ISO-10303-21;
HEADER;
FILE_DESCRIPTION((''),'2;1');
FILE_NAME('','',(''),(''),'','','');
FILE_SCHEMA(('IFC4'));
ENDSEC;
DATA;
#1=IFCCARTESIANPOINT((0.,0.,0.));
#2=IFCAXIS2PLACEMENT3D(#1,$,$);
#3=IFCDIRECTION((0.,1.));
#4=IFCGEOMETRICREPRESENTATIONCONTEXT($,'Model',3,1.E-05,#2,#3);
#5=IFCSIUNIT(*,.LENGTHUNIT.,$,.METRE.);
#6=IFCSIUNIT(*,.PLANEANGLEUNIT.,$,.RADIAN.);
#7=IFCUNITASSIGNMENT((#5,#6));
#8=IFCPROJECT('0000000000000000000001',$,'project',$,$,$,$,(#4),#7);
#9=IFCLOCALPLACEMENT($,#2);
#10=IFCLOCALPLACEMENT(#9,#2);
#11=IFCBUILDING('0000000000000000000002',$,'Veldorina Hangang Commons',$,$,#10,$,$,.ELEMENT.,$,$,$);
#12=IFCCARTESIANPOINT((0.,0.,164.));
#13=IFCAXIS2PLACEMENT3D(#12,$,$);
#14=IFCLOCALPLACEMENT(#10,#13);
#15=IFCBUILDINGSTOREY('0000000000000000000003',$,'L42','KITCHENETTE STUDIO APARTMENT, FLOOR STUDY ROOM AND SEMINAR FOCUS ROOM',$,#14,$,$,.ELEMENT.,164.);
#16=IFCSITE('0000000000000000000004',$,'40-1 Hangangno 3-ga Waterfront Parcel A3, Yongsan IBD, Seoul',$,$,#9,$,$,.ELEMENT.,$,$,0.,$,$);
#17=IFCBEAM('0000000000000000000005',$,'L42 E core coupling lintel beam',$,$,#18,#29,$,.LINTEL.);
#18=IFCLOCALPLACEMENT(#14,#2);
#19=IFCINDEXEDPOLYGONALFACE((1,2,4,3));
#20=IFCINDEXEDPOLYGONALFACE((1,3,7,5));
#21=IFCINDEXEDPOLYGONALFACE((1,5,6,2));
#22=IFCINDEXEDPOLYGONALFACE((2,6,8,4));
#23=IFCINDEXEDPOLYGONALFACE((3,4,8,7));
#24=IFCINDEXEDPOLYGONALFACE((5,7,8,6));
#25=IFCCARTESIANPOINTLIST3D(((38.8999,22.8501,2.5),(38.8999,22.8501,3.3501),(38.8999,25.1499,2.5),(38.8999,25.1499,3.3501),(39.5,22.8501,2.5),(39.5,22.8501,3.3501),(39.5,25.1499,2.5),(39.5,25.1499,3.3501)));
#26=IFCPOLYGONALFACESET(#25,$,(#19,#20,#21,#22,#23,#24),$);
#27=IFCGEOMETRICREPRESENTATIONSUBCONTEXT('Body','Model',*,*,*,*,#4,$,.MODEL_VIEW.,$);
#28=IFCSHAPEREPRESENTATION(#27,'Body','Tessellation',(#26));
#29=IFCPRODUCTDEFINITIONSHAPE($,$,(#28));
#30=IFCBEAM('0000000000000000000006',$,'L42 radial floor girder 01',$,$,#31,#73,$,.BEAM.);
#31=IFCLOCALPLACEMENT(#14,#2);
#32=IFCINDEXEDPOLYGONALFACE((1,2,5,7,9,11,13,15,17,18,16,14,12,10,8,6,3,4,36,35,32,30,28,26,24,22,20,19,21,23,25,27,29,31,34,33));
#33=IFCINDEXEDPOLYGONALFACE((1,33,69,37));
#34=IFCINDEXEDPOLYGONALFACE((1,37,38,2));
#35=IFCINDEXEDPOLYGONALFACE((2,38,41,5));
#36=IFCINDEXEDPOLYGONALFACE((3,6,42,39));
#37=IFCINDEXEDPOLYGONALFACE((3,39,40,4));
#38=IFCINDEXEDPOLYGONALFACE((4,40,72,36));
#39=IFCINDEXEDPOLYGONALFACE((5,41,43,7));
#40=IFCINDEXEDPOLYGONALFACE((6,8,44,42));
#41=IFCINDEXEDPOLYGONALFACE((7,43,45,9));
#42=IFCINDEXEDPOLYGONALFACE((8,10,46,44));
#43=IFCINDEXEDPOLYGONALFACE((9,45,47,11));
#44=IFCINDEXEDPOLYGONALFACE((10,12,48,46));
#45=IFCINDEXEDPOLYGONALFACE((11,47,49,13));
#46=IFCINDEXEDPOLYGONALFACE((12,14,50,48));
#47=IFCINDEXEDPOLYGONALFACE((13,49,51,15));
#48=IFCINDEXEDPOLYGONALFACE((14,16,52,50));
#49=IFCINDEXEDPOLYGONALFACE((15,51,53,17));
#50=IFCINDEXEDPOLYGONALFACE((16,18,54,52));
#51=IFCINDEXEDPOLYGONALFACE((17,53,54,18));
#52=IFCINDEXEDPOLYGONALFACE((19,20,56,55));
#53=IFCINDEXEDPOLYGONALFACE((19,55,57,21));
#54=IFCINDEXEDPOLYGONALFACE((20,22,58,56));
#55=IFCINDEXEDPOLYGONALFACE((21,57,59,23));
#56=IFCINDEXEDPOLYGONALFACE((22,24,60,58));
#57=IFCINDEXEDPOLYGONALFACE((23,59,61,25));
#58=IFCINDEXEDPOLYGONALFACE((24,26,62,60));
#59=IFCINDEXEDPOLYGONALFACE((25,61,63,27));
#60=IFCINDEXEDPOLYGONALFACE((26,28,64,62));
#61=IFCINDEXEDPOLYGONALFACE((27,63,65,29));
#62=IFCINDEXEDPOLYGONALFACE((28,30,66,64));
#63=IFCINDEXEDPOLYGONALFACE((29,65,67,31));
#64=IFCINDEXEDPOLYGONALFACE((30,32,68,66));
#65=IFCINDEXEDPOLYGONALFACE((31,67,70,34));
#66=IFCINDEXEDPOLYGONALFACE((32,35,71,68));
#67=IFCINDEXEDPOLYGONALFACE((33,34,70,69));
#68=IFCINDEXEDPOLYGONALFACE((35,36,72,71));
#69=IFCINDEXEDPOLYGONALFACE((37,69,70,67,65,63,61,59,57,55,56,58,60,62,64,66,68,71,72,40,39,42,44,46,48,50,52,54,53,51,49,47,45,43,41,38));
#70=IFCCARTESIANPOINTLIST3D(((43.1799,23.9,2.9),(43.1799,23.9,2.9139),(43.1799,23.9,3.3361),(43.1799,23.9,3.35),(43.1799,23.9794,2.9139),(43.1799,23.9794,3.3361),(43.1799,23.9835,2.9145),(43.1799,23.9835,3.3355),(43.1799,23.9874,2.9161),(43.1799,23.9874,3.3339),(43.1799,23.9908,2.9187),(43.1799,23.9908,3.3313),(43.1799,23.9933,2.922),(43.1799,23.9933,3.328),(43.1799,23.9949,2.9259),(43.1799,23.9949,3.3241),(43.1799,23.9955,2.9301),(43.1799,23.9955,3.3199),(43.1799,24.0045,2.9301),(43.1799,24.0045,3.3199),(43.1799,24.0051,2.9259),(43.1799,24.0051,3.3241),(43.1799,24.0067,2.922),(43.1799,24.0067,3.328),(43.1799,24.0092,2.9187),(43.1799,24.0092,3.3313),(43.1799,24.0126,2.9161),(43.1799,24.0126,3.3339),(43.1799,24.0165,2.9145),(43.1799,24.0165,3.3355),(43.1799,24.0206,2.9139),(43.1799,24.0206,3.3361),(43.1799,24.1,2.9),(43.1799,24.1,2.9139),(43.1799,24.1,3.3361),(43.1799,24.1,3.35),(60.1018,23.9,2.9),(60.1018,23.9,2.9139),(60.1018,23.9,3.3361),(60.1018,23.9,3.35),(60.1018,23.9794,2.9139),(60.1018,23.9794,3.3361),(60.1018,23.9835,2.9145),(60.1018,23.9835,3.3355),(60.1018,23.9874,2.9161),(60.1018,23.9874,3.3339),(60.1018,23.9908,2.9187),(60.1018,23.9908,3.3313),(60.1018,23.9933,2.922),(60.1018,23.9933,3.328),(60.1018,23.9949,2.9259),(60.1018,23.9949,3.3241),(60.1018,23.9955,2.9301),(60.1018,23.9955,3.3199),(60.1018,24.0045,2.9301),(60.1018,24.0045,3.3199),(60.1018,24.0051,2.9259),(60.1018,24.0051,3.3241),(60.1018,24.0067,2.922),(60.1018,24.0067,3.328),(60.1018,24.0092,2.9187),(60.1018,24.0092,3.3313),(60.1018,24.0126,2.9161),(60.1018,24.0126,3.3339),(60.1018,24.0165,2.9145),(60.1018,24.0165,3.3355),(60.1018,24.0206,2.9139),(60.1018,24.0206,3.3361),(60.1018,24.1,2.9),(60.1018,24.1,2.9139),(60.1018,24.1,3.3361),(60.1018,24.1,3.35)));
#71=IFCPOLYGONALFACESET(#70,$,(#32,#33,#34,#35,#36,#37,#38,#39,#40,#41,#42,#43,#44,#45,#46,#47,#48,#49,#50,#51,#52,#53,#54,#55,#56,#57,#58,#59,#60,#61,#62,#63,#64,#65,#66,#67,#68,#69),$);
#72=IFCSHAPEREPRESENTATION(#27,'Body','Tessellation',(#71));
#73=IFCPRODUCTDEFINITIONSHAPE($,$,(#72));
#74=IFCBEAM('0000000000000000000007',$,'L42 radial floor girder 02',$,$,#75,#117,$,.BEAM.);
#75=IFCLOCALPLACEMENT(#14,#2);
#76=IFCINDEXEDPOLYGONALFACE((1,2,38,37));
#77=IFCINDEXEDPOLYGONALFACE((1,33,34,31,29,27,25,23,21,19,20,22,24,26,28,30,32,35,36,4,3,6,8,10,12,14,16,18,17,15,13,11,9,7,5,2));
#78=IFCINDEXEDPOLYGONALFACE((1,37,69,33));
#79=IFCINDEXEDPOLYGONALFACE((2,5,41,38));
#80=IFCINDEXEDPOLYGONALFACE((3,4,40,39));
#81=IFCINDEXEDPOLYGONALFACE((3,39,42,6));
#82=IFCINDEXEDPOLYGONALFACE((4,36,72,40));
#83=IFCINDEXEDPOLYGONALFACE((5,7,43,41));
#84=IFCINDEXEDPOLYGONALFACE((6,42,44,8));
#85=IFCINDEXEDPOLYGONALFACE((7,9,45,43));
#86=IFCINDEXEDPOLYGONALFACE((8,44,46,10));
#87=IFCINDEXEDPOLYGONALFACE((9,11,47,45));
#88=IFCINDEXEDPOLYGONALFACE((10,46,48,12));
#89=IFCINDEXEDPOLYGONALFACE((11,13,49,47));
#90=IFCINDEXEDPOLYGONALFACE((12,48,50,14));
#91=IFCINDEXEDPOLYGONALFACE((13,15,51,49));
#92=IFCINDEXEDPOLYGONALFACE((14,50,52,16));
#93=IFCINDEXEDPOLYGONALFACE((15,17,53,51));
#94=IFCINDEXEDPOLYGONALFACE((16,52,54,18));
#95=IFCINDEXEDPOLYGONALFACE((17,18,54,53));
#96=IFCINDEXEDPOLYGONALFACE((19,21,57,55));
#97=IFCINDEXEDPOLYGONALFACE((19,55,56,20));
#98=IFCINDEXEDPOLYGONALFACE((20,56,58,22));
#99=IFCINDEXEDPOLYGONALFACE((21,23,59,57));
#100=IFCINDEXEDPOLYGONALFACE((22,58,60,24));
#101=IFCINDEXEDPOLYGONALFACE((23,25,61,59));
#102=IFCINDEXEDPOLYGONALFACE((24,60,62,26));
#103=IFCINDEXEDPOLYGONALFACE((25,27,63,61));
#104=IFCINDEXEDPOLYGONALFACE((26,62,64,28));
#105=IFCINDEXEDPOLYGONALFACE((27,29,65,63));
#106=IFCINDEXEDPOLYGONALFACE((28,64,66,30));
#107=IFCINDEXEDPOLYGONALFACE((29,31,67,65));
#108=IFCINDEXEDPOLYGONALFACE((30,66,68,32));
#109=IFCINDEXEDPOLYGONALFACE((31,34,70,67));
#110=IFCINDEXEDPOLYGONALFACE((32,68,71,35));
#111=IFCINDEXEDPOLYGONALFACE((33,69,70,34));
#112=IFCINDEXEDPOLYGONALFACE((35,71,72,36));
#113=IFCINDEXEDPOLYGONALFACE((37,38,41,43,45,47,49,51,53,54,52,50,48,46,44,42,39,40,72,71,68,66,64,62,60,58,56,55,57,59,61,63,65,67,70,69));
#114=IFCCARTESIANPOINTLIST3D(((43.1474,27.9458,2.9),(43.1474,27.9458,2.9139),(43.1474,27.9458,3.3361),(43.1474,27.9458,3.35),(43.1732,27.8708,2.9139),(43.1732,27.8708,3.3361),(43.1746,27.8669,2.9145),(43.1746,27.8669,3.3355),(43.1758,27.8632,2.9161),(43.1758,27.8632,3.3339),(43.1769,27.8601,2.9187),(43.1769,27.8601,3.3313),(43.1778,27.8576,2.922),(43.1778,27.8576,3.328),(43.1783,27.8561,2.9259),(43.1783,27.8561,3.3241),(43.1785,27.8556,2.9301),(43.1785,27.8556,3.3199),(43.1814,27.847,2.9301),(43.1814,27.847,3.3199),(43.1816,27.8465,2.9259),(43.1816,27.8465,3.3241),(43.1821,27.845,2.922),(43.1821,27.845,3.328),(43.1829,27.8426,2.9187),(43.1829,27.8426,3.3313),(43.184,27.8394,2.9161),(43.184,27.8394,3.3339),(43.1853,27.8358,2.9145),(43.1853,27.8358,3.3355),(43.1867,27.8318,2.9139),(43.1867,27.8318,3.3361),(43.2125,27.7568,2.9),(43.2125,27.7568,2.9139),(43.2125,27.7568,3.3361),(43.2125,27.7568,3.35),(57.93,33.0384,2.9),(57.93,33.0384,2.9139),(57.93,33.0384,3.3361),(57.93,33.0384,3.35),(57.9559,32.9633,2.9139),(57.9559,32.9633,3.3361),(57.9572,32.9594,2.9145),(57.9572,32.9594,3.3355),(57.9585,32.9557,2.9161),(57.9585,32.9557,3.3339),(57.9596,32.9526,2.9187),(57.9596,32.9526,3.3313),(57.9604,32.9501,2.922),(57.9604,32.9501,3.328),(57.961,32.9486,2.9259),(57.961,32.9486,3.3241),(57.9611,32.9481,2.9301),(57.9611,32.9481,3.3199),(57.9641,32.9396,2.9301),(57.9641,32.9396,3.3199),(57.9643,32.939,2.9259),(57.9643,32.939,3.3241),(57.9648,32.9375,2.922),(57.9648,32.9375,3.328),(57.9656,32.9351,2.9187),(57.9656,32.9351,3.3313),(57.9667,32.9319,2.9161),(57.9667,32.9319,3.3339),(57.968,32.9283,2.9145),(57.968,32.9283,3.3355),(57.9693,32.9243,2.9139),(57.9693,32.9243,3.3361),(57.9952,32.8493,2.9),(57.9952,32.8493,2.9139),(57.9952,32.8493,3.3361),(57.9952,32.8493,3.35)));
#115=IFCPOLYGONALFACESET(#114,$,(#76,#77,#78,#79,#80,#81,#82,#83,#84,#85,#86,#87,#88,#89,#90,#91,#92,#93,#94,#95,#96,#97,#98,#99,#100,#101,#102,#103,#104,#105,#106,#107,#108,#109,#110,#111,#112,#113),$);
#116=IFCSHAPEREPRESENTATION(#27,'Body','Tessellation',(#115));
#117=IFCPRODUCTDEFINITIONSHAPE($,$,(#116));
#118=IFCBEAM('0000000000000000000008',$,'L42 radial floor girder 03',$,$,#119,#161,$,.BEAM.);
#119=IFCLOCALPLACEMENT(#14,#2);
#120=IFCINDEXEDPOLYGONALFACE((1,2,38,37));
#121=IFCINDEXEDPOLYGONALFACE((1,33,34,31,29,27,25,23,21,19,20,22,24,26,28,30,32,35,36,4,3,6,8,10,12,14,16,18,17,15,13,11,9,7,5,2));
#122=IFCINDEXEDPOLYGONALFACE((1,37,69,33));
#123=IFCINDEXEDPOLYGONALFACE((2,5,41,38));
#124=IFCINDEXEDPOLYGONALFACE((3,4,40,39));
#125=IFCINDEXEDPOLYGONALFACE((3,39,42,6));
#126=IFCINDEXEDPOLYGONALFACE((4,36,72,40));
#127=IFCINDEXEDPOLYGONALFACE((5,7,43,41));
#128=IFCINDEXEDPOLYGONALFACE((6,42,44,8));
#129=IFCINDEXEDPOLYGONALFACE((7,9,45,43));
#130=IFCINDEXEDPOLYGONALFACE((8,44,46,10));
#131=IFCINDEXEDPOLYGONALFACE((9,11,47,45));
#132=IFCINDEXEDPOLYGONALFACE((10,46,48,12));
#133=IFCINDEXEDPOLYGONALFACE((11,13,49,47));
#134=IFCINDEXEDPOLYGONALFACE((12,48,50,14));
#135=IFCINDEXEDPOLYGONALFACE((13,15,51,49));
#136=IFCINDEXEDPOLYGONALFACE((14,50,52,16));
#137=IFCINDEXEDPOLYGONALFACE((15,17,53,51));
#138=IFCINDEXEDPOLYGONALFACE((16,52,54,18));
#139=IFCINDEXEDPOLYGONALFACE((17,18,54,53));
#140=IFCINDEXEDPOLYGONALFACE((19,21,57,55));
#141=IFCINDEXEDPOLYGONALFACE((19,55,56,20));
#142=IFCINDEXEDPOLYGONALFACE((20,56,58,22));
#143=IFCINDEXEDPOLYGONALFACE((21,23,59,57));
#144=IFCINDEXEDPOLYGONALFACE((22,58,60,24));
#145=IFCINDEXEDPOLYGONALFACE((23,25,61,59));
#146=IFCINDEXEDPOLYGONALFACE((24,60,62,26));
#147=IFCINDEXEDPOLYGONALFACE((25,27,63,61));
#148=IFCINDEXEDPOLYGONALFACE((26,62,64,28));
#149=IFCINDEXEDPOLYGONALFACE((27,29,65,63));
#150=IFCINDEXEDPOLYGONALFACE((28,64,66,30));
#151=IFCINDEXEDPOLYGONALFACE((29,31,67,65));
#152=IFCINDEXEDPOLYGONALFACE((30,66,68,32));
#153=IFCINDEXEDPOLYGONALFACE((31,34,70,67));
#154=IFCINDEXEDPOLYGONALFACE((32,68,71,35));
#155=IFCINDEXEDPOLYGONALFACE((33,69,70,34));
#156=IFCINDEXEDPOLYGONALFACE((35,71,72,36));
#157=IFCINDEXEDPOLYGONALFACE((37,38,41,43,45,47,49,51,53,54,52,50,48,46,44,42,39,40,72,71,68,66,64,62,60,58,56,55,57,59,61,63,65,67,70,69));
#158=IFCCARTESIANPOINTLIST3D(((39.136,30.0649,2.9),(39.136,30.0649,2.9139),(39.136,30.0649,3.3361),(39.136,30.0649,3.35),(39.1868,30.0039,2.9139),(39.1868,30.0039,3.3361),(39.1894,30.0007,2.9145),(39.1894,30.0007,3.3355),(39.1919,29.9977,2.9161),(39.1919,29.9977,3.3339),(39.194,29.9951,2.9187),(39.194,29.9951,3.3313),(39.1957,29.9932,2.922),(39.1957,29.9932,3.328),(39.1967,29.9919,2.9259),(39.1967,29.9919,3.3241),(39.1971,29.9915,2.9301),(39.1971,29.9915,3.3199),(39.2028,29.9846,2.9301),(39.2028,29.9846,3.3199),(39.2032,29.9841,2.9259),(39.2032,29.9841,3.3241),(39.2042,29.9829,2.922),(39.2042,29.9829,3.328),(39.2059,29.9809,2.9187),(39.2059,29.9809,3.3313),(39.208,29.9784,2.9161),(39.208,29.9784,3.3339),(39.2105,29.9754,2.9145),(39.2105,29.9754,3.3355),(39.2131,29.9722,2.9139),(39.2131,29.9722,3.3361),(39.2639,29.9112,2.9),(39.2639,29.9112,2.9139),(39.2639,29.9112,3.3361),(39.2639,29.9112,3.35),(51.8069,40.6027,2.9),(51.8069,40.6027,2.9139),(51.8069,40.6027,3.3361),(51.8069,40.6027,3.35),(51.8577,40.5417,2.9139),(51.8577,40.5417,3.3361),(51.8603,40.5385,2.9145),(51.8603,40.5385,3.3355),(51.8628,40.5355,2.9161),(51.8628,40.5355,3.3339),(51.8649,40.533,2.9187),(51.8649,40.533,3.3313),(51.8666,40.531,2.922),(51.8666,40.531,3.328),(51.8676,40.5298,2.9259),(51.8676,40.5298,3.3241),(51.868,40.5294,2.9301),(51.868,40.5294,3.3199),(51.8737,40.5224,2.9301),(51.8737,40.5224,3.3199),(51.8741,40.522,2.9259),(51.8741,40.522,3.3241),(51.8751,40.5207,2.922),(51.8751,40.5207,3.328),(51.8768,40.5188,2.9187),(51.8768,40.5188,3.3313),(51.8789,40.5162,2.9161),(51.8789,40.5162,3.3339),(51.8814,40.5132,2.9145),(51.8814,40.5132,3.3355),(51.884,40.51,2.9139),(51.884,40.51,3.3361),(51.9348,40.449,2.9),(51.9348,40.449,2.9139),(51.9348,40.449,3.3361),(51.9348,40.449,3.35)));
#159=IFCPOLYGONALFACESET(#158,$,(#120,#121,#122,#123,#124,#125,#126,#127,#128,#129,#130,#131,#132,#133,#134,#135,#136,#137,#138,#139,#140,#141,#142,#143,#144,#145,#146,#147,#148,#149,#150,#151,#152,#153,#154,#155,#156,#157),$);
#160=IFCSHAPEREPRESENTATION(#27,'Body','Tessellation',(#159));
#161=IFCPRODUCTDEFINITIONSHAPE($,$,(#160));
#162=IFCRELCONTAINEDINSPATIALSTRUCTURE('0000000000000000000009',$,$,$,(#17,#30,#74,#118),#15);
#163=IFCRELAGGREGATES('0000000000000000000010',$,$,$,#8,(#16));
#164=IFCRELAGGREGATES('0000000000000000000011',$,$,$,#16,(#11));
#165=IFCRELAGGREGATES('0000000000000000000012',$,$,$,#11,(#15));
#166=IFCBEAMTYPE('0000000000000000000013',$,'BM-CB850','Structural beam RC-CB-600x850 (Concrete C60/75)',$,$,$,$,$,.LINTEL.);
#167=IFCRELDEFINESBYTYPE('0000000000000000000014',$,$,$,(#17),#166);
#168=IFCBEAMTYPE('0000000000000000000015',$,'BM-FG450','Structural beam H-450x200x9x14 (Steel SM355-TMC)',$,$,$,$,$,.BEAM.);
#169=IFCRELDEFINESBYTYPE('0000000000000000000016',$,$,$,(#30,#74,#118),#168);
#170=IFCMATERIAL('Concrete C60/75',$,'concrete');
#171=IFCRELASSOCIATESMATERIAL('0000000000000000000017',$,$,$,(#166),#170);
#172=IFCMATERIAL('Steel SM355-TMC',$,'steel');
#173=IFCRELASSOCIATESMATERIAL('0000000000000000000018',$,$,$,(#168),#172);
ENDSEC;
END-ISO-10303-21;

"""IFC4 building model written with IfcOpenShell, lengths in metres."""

from ifc_helpers import new_model, si_unit, direction, frame, origin, origin_2d, place, context, subcontext, project, spatial, rectangle, i_section, extrude, material, material_profile, profile_set, type_object, element, save


model = new_model("IFC4")

# Units and contexts
model_context = context("Model", 3, precision=1e-05, world=origin(), true_north=direction((0.0, 1.0)))
body_context = subcontext(model_context, "Body", "Model", "MODEL_VIEW")
ifc_project = project(units=[si_unit("LENGTHUNIT", "METRE"), si_unit("PLANEANGLEUNIT", "RADIAN")], contexts=[model_context])

# Site, building, storey
site_placement = place(None, origin())
site = spatial("IfcSite", under=ifc_project, at=site_placement, Name="40-1 Hangangno 3-ga Waterfront Parcel A3, Yongsan IBD, Seoul", CompositionType="ELEMENT", RefElevation=0.0)
building_placement = place(site_placement, origin())
building = spatial("IfcBuilding", under=site, at=building_placement, Name="Veldorina Hangang Commons", CompositionType="ELEMENT")
storey_placement = place(building_placement, frame((0.0, 0.0, 164.0)))
storey = spatial("IfcBuildingStorey", under=building, at=storey_placement, Name="L42", Description="KITCHENETTE STUDIO APARTMENT, FLOOR STUDY ROOM AND SEMINAR FOCUS ROOM", CompositionType="ELEMENT", Elevation=164.0)

# Beams
ifc_material_1 = material(Name="Concrete C60/75", Category="concrete")
ifc_material_profile_1 = material_profile(ifc_material_1, rectangle(XDim=0.6001, YDim=0.8501, at=origin_2d()), Name="RC-CB-600x850")
ifc_profile_set_1 = profile_set([ifc_material_profile_1], Name="Concrete C60/75")
beam_type_1 = type_object("IfcBeamType", Name="BM-CB850", Description="Structural beam RC-CB-600x850 (Concrete C60/75)", PredefinedType="LINTEL", material=ifc_profile_set_1)
beam_1_placement = place(storey_placement, frame((39.2, 22.8501, 2.925), z_axis=(0.0, 1.0, 0.0), x_axis=(-1.0, 0.0, 0.0)))
element("IfcBeam", 1, at=beam_1_placement, inside=storey, type_object=beam_type_1, Name="L42 E core coupling lintel beam", PredefinedType="LINTEL", context=body_context, shape_type="SweptSolid", body=[
    extrude(rectangle(XDim=0.6001, YDim=0.8501, at=origin_2d()), origin(), (0.0, 0.0, 1.0), 2.2998),
])
ifc_material_2 = material(Name="Steel SM355-TMC", Category="steel")
ifc_material_profile_2 = material_profile(ifc_material_2, i_section(OverallWidth=0.2, OverallDepth=0.45, WebThickness=0.009, FlangeThickness=0.0139, FilletRadius=0.0161, at=origin_2d()), Name="H-450x200x9x14")
ifc_profile_set_2 = profile_set([ifc_material_profile_2], Name="Steel SM355-TMC")
beam_type_2 = type_object("IfcBeamType", Name="BM-FG450", Description="Structural beam H-450x200x9x14 (Steel SM355-TMC)", PredefinedType="BEAM", material=ifc_profile_set_2)
beam_2_placement = place(storey_placement, frame((43.1799, 24.0, 3.125), z_axis=(1.0, 0.0, 0.0), x_axis=(0.0, 1.0, 0.0)))
element("IfcBeam", 2, at=beam_2_placement, inside=storey, type_object=beam_type_2, Name="L42 radial floor girder 01", PredefinedType="BEAM", context=body_context, shape_type="SweptSolid", body=[
    extrude(i_section(OverallWidth=0.2, OverallDepth=0.45, WebThickness=0.009, FlangeThickness=0.0139, FilletRadius=0.0161, at=origin_2d()), origin(), (0.0, 0.0, 1.0), 16.9219),
])
beam_3_placement = place(storey_placement, frame((43.1799, 27.8513, 3.125), z_axis=(0.945471, 0.325707, 0.0), x_axis=(-0.325707, 0.945471, 0.0)))
element("IfcBeam", 3, at=beam_3_placement, inside=storey, type_object=beam_type_2, Name="L42 radial floor girder 02", PredefinedType="BEAM", context=body_context, shape_type="SweptSolid", body=[
    extrude(i_section(OverallWidth=0.2, OverallDepth=0.45, WebThickness=0.009, FlangeThickness=0.0139, FilletRadius=0.0161, at=origin_2d()), origin(), (0.0, 0.0, 1.0), 15.6353),
])
beam_4_placement = place(storey_placement, frame((39.2, 29.988, 3.125), z_axis=(0.768855, 0.639423, 0.0), x_axis=(-0.639423, 0.768855, 0.0)))
element("IfcBeam", 4, at=beam_4_placement, inside=storey, type_object=beam_type_2, Name="L42 radial floor girder 03", PredefinedType="BEAM", context=body_context, shape_type="SweptSolid", body=[
    extrude(i_section(OverallWidth=0.2, OverallDepth=0.45, WebThickness=0.009, FlangeThickness=0.0139, FilletRadius=0.0161, at=origin_2d()), origin(), (0.0, 0.0, 1.0), 16.4802),
])

save(model, "model.ifc")
